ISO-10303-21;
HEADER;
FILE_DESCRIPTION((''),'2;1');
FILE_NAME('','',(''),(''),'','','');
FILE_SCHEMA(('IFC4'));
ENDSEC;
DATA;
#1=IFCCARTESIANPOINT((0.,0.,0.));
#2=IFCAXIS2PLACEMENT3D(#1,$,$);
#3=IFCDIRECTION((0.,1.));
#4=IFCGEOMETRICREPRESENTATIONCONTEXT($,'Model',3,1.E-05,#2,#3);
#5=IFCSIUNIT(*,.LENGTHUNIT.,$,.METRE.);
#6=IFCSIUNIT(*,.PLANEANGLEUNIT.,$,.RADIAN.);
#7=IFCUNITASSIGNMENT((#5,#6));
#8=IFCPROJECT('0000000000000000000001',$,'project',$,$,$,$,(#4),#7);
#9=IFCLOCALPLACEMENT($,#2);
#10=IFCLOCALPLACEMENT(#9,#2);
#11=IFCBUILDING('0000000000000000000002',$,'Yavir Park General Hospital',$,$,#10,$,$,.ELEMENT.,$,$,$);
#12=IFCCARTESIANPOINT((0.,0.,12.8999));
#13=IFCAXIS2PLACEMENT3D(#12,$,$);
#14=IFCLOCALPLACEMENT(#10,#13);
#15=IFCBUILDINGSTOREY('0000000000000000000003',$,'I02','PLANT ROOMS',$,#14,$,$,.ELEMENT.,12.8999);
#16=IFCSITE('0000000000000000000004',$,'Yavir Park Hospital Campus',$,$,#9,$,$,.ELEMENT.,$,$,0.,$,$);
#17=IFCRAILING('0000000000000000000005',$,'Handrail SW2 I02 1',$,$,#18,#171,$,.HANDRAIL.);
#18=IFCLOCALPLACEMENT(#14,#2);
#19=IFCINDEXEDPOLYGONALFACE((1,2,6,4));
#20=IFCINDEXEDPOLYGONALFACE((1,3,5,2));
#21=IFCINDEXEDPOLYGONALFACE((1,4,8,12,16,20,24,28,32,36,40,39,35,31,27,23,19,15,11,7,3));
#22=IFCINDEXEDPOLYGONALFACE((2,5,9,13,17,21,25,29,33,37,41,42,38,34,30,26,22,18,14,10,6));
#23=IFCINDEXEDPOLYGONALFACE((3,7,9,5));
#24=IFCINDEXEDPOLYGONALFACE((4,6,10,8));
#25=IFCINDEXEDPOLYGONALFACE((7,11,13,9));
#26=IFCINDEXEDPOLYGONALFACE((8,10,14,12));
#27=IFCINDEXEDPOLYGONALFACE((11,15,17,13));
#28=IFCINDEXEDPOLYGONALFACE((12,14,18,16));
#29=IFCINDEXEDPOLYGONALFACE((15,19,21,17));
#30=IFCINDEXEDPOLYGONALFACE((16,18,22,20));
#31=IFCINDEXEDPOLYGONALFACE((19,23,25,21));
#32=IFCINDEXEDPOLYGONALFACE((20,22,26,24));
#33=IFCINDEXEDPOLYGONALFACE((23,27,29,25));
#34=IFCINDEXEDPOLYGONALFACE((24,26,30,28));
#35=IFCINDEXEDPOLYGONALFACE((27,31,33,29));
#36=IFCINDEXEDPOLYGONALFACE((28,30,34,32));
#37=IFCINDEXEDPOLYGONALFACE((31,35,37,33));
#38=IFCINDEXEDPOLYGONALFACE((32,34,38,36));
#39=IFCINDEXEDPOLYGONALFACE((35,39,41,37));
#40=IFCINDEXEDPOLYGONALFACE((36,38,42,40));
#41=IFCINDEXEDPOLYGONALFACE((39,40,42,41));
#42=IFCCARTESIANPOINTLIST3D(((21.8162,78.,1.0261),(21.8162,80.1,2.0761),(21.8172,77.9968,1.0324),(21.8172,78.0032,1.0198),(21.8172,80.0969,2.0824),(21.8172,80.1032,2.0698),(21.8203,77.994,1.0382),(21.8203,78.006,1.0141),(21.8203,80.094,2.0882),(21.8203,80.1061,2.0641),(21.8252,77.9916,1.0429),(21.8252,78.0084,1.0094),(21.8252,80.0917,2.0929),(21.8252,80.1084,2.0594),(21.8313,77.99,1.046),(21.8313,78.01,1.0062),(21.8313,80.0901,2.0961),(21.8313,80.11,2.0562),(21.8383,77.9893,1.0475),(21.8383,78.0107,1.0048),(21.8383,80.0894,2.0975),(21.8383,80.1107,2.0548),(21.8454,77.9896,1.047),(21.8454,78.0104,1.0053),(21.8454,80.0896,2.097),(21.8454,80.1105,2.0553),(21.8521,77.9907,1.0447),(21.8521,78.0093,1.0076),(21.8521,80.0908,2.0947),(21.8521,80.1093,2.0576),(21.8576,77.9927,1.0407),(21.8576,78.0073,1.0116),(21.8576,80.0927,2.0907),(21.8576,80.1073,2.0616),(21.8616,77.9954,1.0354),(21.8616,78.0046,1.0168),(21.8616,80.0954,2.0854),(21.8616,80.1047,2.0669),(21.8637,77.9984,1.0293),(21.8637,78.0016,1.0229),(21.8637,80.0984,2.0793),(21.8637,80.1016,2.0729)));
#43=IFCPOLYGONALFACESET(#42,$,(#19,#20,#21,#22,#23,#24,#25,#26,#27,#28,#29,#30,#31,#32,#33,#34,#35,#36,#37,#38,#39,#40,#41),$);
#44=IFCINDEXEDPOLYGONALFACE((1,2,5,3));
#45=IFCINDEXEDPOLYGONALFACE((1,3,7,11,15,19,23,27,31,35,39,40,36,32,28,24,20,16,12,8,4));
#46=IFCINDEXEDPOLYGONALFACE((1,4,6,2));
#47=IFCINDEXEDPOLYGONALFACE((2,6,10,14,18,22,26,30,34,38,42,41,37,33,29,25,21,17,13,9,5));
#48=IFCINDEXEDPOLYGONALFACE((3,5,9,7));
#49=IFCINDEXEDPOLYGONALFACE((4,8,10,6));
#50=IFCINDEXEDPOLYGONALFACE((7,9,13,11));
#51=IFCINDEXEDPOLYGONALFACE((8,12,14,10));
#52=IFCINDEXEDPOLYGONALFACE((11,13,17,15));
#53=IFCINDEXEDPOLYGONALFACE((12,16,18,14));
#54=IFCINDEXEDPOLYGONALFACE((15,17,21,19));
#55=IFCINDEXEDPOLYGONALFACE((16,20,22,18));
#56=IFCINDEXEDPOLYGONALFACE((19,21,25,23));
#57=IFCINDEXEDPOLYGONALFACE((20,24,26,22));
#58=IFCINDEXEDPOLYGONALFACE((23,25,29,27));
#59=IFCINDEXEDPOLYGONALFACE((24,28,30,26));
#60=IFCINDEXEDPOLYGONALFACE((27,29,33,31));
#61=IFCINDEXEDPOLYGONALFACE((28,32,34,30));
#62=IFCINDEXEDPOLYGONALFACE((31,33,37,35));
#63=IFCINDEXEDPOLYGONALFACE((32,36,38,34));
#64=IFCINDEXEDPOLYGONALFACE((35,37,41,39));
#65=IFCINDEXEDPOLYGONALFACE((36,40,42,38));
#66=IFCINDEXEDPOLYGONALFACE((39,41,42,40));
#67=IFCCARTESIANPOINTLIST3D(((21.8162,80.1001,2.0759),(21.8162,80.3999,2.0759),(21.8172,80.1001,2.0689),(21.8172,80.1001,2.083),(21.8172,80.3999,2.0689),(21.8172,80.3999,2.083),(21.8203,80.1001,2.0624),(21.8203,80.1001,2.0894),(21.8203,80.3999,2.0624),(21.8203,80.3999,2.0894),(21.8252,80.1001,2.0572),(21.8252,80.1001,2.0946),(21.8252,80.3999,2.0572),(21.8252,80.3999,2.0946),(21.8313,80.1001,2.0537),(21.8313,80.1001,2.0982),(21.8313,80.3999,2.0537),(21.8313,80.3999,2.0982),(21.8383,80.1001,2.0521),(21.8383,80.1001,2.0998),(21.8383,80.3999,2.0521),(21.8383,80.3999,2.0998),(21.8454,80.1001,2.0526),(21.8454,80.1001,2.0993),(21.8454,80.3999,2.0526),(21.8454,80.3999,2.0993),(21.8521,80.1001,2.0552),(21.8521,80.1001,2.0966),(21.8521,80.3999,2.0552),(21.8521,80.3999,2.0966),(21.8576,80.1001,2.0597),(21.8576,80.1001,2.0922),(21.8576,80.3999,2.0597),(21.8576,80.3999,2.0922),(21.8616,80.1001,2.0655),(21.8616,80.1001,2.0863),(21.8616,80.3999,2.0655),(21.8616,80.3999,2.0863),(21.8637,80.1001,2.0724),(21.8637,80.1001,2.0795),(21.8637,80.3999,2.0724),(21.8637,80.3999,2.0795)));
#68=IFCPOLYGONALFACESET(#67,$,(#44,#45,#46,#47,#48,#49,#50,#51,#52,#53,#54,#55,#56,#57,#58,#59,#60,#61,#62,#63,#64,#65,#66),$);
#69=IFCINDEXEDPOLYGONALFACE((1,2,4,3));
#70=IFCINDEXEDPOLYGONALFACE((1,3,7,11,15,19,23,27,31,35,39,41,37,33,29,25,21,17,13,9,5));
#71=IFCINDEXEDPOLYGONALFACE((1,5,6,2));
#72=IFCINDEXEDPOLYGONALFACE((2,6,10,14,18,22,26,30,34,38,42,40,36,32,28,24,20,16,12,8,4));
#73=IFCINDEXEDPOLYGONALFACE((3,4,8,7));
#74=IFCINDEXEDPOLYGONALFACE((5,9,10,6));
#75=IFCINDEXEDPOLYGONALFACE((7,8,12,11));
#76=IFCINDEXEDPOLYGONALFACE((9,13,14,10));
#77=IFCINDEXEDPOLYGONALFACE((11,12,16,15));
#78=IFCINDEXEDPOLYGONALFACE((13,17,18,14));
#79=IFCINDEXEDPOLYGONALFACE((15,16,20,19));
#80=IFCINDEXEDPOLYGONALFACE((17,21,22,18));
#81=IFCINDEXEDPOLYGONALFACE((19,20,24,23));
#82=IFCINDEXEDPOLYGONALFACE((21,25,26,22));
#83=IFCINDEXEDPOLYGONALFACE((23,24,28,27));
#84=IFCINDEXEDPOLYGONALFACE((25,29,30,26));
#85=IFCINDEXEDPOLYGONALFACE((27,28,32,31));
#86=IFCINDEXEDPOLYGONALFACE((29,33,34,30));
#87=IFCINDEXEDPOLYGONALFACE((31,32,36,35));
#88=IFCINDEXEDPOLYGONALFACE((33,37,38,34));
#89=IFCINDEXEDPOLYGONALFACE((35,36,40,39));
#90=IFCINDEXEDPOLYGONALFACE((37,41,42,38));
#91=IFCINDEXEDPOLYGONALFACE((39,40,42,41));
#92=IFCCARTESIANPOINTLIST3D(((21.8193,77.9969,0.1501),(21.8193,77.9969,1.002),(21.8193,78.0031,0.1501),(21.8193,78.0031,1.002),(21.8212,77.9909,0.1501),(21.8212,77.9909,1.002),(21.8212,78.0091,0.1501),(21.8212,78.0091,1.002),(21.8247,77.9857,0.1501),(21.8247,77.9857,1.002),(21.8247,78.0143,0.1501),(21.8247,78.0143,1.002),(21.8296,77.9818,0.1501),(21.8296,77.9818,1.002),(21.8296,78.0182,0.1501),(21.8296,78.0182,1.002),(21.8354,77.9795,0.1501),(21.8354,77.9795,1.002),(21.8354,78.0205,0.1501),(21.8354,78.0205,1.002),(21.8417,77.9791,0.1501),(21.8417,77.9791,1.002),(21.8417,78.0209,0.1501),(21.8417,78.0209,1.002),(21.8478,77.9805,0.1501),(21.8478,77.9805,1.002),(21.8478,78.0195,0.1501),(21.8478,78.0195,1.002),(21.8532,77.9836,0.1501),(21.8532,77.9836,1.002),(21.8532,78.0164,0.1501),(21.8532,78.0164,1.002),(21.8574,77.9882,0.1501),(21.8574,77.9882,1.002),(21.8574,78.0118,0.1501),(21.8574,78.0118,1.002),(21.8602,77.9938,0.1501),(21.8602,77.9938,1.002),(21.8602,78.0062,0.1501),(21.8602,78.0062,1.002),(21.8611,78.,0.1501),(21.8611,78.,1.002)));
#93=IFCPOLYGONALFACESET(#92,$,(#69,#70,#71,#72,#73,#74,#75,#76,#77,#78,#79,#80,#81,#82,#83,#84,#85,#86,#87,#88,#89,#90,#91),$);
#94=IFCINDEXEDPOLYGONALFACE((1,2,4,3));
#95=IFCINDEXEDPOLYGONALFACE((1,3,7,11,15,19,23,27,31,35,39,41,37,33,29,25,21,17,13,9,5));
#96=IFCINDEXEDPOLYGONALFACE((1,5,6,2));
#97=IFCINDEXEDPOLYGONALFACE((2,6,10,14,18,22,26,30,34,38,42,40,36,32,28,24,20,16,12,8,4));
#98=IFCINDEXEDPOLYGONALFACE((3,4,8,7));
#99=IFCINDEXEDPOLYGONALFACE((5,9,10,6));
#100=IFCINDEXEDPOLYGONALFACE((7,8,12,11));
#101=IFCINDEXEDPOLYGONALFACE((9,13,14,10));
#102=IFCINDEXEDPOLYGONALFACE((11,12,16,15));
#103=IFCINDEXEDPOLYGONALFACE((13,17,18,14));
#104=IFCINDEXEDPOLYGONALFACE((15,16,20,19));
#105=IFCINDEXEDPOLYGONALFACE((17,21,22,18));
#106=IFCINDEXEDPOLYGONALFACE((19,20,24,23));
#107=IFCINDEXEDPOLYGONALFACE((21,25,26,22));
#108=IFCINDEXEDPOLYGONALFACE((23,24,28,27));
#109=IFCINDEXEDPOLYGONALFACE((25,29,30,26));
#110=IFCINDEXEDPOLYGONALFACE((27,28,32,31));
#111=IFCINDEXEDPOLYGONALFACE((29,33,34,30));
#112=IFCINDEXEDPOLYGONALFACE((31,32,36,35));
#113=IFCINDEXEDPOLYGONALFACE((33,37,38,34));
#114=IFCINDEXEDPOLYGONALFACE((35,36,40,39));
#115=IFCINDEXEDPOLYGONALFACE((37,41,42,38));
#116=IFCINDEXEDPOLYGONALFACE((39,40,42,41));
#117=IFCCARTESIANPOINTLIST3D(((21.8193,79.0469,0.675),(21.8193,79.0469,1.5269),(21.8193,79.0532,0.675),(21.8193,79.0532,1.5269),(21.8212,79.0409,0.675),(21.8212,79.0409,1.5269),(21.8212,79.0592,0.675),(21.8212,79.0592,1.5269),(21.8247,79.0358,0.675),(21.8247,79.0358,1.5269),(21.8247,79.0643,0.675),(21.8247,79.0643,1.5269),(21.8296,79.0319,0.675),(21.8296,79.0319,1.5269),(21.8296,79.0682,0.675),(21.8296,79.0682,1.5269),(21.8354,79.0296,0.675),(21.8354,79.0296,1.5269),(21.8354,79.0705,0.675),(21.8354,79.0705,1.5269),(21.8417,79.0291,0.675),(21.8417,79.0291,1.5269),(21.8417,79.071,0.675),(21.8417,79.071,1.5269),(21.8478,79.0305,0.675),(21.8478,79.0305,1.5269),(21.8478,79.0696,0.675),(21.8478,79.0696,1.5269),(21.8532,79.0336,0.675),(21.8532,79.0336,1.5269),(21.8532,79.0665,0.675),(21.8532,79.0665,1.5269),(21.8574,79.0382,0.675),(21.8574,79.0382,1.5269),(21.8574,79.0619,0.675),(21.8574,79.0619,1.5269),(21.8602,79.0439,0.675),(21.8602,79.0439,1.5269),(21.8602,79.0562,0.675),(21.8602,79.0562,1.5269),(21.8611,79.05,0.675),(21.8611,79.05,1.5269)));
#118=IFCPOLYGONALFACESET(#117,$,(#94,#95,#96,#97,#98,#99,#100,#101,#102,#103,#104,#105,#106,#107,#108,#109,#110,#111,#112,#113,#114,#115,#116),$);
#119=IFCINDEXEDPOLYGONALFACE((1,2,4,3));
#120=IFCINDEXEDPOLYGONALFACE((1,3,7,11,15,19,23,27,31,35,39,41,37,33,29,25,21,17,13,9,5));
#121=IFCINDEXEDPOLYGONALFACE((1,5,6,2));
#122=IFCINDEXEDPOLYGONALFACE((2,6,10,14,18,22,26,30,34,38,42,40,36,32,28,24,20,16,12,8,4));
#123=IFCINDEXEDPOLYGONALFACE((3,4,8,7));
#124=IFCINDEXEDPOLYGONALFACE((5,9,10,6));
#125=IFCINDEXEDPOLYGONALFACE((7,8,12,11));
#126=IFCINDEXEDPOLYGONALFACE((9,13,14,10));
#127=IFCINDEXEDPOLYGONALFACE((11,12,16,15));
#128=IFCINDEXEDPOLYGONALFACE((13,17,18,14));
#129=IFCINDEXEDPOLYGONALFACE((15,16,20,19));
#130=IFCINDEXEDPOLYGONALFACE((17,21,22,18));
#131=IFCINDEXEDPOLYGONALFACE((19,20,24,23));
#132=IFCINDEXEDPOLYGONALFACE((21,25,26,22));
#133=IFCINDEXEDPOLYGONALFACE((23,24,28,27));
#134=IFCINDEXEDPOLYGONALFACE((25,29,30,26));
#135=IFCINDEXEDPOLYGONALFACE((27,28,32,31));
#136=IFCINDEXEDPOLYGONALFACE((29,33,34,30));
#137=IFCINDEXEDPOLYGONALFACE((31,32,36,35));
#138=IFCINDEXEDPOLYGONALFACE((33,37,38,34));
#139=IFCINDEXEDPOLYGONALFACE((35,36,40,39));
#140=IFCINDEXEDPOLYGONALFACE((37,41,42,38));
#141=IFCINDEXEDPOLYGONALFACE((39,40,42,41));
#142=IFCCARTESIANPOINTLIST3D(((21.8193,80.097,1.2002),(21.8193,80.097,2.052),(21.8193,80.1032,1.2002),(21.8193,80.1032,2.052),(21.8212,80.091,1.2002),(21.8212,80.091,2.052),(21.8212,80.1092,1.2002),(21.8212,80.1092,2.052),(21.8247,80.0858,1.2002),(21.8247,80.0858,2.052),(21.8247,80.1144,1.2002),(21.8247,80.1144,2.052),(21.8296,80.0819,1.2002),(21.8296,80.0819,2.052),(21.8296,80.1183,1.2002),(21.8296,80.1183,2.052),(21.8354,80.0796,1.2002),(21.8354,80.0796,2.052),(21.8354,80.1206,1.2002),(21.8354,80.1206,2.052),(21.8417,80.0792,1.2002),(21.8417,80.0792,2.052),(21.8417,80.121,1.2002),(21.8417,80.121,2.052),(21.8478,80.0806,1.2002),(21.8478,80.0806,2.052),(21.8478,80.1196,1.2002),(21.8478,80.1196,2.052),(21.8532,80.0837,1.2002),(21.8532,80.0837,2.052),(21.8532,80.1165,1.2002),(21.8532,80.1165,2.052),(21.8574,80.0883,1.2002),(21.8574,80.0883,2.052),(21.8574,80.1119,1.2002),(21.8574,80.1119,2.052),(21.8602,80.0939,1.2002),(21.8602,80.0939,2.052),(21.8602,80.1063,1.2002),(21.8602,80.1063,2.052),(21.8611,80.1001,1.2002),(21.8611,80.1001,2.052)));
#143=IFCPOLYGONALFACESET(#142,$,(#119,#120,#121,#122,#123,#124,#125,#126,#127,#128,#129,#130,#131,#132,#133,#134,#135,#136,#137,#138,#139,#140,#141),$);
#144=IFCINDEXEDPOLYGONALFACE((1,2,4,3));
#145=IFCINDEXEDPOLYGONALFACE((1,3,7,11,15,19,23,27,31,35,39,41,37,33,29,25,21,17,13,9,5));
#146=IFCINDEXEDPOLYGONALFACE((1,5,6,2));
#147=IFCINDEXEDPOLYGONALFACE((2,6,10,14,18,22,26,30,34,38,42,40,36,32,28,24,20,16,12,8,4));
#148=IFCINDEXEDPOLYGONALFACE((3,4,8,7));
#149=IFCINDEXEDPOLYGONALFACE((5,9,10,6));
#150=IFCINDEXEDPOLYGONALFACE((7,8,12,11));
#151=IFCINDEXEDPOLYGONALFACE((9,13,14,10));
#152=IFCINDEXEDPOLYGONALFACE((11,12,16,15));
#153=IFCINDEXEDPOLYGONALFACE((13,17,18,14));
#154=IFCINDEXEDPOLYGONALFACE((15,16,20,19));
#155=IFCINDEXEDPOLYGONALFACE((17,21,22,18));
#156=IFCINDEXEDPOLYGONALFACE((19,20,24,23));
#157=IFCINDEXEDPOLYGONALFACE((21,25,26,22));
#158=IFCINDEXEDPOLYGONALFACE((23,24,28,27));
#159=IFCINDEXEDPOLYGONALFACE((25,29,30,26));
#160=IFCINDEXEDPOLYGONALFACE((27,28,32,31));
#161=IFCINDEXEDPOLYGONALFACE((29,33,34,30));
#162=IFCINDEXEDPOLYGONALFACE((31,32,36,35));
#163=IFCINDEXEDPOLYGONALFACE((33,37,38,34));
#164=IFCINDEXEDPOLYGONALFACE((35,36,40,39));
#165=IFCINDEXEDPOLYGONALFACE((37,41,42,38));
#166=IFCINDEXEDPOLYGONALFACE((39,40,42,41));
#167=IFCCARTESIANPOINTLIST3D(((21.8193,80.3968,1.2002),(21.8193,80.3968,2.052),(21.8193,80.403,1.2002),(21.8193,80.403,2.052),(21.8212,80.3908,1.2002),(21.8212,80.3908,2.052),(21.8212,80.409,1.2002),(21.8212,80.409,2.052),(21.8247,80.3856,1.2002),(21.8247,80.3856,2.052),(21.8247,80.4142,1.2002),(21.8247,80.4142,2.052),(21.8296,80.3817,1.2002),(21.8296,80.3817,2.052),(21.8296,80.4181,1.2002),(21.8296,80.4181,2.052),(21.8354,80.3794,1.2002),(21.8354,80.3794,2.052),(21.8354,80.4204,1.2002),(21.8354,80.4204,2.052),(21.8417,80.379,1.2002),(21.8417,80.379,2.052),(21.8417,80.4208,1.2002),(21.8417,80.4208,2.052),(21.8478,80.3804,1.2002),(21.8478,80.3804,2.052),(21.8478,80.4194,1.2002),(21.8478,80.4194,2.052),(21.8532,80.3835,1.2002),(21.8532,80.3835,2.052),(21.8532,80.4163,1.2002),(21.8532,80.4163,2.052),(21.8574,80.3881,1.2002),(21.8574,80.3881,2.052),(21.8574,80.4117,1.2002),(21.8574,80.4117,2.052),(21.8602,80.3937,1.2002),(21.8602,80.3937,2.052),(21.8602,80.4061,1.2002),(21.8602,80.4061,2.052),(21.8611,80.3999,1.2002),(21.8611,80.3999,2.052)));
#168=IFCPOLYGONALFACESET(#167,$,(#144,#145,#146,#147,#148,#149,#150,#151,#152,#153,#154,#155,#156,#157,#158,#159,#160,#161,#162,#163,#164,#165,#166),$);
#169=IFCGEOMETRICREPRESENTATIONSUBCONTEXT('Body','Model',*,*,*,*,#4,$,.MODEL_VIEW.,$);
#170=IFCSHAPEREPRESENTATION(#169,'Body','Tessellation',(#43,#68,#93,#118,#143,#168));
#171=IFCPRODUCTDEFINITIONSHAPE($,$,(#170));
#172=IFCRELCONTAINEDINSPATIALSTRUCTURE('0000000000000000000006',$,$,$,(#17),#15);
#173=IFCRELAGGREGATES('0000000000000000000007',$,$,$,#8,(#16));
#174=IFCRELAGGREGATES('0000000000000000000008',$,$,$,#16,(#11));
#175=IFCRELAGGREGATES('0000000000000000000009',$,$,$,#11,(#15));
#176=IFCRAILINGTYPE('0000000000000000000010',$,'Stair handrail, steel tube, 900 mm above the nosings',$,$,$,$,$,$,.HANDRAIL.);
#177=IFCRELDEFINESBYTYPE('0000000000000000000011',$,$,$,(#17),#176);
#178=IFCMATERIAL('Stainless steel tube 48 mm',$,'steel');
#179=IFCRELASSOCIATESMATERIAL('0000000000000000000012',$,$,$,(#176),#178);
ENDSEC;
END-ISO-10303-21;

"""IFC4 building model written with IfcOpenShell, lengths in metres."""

from ifc_helpers import new_model, si_unit, direction, frame, origin, origin_2d, place, context, subcontext, project, spatial, circle, extrude, material, type_object, element, save


model = new_model("IFC4")

# Units and contexts
model_context = context("Model", 3, precision=1e-05, world=origin(), true_north=direction((0.0, 1.0)))
body_context = subcontext(model_context, "Body", "Model", "MODEL_VIEW")
ifc_project = project(units=[si_unit("LENGTHUNIT", "METRE"), si_unit("PLANEANGLEUNIT", "RADIAN")], contexts=[model_context])

# Site, building, storey
site_placement = place(None, origin())
site = spatial("IfcSite", under=ifc_project, at=site_placement, Name="Yavir Park Hospital Campus", CompositionType="ELEMENT", RefElevation=0.0)
building_placement = place(site_placement, origin())
building = spatial("IfcBuilding", under=site, at=building_placement, Name="Yavir Park General Hospital", CompositionType="ELEMENT")
storey_placement = place(building_placement, frame((0.0, 0.0, 12.8999)))
storey = spatial("IfcBuildingStorey", under=building, at=storey_placement, Name="I02", Description="PLANT ROOMS", CompositionType="ELEMENT", Elevation=12.8999)

# Railing
ifc_material_1 = material(Name="Stainless steel tube 48 mm", Category="steel")
railing_type_1 = type_object("IfcRailingType", Name="Stair handrail, steel tube, 900 mm above the nosings", PredefinedType="HANDRAIL", material=ifc_material_1)
for number, where, name in (
    (1, (21.8401, 78.0, 0.1501), "Handrail SW2 I02 1"),
):
    element("IfcRailing", number, at=place(storey_placement, frame(where)), inside=storey, type_object=railing_type_1, Name=name, PredefinedType="HANDRAIL", context=body_context, shape_type="SweptSolid", body=[
        extrude(circle(Radius=0.0239, at=origin_2d()), frame((0.0, 0.0, 0.876), z_axis=(0.0, 0.894427, 0.447214), x_axis=(-1.0, 0.0, 0.0)), (0.0, 0.0, 1.0), 2.3479),
        extrude(circle(Radius=0.0239, at=origin_2d()), frame((0.0, 2.1001, 1.9258), z_axis=(0.0, 1.0, 0.0), x_axis=(-1.0, 0.0, 0.0)), (0.0, 0.0, 1.0), 0.2998),
        extrude(circle(Radius=0.021, at=origin_2d()), origin(), (0.0, 0.0, 1.0), 0.8518),
        extrude(circle(Radius=0.021, at=origin_2d()), frame((0.0, 1.05, 0.5249)), (0.0, 0.0, 1.0), 0.8518),
        extrude(circle(Radius=0.021, at=origin_2d()), frame((0.0, 2.1001, 1.05)), (0.0, 0.0, 1.0), 0.8518),
        extrude(circle(Radius=0.021, at=origin_2d()), frame((0.0, 2.3999, 1.05)), (0.0, 0.0, 1.0), 0.8518),
    ])

save(model, "model.ifc")
